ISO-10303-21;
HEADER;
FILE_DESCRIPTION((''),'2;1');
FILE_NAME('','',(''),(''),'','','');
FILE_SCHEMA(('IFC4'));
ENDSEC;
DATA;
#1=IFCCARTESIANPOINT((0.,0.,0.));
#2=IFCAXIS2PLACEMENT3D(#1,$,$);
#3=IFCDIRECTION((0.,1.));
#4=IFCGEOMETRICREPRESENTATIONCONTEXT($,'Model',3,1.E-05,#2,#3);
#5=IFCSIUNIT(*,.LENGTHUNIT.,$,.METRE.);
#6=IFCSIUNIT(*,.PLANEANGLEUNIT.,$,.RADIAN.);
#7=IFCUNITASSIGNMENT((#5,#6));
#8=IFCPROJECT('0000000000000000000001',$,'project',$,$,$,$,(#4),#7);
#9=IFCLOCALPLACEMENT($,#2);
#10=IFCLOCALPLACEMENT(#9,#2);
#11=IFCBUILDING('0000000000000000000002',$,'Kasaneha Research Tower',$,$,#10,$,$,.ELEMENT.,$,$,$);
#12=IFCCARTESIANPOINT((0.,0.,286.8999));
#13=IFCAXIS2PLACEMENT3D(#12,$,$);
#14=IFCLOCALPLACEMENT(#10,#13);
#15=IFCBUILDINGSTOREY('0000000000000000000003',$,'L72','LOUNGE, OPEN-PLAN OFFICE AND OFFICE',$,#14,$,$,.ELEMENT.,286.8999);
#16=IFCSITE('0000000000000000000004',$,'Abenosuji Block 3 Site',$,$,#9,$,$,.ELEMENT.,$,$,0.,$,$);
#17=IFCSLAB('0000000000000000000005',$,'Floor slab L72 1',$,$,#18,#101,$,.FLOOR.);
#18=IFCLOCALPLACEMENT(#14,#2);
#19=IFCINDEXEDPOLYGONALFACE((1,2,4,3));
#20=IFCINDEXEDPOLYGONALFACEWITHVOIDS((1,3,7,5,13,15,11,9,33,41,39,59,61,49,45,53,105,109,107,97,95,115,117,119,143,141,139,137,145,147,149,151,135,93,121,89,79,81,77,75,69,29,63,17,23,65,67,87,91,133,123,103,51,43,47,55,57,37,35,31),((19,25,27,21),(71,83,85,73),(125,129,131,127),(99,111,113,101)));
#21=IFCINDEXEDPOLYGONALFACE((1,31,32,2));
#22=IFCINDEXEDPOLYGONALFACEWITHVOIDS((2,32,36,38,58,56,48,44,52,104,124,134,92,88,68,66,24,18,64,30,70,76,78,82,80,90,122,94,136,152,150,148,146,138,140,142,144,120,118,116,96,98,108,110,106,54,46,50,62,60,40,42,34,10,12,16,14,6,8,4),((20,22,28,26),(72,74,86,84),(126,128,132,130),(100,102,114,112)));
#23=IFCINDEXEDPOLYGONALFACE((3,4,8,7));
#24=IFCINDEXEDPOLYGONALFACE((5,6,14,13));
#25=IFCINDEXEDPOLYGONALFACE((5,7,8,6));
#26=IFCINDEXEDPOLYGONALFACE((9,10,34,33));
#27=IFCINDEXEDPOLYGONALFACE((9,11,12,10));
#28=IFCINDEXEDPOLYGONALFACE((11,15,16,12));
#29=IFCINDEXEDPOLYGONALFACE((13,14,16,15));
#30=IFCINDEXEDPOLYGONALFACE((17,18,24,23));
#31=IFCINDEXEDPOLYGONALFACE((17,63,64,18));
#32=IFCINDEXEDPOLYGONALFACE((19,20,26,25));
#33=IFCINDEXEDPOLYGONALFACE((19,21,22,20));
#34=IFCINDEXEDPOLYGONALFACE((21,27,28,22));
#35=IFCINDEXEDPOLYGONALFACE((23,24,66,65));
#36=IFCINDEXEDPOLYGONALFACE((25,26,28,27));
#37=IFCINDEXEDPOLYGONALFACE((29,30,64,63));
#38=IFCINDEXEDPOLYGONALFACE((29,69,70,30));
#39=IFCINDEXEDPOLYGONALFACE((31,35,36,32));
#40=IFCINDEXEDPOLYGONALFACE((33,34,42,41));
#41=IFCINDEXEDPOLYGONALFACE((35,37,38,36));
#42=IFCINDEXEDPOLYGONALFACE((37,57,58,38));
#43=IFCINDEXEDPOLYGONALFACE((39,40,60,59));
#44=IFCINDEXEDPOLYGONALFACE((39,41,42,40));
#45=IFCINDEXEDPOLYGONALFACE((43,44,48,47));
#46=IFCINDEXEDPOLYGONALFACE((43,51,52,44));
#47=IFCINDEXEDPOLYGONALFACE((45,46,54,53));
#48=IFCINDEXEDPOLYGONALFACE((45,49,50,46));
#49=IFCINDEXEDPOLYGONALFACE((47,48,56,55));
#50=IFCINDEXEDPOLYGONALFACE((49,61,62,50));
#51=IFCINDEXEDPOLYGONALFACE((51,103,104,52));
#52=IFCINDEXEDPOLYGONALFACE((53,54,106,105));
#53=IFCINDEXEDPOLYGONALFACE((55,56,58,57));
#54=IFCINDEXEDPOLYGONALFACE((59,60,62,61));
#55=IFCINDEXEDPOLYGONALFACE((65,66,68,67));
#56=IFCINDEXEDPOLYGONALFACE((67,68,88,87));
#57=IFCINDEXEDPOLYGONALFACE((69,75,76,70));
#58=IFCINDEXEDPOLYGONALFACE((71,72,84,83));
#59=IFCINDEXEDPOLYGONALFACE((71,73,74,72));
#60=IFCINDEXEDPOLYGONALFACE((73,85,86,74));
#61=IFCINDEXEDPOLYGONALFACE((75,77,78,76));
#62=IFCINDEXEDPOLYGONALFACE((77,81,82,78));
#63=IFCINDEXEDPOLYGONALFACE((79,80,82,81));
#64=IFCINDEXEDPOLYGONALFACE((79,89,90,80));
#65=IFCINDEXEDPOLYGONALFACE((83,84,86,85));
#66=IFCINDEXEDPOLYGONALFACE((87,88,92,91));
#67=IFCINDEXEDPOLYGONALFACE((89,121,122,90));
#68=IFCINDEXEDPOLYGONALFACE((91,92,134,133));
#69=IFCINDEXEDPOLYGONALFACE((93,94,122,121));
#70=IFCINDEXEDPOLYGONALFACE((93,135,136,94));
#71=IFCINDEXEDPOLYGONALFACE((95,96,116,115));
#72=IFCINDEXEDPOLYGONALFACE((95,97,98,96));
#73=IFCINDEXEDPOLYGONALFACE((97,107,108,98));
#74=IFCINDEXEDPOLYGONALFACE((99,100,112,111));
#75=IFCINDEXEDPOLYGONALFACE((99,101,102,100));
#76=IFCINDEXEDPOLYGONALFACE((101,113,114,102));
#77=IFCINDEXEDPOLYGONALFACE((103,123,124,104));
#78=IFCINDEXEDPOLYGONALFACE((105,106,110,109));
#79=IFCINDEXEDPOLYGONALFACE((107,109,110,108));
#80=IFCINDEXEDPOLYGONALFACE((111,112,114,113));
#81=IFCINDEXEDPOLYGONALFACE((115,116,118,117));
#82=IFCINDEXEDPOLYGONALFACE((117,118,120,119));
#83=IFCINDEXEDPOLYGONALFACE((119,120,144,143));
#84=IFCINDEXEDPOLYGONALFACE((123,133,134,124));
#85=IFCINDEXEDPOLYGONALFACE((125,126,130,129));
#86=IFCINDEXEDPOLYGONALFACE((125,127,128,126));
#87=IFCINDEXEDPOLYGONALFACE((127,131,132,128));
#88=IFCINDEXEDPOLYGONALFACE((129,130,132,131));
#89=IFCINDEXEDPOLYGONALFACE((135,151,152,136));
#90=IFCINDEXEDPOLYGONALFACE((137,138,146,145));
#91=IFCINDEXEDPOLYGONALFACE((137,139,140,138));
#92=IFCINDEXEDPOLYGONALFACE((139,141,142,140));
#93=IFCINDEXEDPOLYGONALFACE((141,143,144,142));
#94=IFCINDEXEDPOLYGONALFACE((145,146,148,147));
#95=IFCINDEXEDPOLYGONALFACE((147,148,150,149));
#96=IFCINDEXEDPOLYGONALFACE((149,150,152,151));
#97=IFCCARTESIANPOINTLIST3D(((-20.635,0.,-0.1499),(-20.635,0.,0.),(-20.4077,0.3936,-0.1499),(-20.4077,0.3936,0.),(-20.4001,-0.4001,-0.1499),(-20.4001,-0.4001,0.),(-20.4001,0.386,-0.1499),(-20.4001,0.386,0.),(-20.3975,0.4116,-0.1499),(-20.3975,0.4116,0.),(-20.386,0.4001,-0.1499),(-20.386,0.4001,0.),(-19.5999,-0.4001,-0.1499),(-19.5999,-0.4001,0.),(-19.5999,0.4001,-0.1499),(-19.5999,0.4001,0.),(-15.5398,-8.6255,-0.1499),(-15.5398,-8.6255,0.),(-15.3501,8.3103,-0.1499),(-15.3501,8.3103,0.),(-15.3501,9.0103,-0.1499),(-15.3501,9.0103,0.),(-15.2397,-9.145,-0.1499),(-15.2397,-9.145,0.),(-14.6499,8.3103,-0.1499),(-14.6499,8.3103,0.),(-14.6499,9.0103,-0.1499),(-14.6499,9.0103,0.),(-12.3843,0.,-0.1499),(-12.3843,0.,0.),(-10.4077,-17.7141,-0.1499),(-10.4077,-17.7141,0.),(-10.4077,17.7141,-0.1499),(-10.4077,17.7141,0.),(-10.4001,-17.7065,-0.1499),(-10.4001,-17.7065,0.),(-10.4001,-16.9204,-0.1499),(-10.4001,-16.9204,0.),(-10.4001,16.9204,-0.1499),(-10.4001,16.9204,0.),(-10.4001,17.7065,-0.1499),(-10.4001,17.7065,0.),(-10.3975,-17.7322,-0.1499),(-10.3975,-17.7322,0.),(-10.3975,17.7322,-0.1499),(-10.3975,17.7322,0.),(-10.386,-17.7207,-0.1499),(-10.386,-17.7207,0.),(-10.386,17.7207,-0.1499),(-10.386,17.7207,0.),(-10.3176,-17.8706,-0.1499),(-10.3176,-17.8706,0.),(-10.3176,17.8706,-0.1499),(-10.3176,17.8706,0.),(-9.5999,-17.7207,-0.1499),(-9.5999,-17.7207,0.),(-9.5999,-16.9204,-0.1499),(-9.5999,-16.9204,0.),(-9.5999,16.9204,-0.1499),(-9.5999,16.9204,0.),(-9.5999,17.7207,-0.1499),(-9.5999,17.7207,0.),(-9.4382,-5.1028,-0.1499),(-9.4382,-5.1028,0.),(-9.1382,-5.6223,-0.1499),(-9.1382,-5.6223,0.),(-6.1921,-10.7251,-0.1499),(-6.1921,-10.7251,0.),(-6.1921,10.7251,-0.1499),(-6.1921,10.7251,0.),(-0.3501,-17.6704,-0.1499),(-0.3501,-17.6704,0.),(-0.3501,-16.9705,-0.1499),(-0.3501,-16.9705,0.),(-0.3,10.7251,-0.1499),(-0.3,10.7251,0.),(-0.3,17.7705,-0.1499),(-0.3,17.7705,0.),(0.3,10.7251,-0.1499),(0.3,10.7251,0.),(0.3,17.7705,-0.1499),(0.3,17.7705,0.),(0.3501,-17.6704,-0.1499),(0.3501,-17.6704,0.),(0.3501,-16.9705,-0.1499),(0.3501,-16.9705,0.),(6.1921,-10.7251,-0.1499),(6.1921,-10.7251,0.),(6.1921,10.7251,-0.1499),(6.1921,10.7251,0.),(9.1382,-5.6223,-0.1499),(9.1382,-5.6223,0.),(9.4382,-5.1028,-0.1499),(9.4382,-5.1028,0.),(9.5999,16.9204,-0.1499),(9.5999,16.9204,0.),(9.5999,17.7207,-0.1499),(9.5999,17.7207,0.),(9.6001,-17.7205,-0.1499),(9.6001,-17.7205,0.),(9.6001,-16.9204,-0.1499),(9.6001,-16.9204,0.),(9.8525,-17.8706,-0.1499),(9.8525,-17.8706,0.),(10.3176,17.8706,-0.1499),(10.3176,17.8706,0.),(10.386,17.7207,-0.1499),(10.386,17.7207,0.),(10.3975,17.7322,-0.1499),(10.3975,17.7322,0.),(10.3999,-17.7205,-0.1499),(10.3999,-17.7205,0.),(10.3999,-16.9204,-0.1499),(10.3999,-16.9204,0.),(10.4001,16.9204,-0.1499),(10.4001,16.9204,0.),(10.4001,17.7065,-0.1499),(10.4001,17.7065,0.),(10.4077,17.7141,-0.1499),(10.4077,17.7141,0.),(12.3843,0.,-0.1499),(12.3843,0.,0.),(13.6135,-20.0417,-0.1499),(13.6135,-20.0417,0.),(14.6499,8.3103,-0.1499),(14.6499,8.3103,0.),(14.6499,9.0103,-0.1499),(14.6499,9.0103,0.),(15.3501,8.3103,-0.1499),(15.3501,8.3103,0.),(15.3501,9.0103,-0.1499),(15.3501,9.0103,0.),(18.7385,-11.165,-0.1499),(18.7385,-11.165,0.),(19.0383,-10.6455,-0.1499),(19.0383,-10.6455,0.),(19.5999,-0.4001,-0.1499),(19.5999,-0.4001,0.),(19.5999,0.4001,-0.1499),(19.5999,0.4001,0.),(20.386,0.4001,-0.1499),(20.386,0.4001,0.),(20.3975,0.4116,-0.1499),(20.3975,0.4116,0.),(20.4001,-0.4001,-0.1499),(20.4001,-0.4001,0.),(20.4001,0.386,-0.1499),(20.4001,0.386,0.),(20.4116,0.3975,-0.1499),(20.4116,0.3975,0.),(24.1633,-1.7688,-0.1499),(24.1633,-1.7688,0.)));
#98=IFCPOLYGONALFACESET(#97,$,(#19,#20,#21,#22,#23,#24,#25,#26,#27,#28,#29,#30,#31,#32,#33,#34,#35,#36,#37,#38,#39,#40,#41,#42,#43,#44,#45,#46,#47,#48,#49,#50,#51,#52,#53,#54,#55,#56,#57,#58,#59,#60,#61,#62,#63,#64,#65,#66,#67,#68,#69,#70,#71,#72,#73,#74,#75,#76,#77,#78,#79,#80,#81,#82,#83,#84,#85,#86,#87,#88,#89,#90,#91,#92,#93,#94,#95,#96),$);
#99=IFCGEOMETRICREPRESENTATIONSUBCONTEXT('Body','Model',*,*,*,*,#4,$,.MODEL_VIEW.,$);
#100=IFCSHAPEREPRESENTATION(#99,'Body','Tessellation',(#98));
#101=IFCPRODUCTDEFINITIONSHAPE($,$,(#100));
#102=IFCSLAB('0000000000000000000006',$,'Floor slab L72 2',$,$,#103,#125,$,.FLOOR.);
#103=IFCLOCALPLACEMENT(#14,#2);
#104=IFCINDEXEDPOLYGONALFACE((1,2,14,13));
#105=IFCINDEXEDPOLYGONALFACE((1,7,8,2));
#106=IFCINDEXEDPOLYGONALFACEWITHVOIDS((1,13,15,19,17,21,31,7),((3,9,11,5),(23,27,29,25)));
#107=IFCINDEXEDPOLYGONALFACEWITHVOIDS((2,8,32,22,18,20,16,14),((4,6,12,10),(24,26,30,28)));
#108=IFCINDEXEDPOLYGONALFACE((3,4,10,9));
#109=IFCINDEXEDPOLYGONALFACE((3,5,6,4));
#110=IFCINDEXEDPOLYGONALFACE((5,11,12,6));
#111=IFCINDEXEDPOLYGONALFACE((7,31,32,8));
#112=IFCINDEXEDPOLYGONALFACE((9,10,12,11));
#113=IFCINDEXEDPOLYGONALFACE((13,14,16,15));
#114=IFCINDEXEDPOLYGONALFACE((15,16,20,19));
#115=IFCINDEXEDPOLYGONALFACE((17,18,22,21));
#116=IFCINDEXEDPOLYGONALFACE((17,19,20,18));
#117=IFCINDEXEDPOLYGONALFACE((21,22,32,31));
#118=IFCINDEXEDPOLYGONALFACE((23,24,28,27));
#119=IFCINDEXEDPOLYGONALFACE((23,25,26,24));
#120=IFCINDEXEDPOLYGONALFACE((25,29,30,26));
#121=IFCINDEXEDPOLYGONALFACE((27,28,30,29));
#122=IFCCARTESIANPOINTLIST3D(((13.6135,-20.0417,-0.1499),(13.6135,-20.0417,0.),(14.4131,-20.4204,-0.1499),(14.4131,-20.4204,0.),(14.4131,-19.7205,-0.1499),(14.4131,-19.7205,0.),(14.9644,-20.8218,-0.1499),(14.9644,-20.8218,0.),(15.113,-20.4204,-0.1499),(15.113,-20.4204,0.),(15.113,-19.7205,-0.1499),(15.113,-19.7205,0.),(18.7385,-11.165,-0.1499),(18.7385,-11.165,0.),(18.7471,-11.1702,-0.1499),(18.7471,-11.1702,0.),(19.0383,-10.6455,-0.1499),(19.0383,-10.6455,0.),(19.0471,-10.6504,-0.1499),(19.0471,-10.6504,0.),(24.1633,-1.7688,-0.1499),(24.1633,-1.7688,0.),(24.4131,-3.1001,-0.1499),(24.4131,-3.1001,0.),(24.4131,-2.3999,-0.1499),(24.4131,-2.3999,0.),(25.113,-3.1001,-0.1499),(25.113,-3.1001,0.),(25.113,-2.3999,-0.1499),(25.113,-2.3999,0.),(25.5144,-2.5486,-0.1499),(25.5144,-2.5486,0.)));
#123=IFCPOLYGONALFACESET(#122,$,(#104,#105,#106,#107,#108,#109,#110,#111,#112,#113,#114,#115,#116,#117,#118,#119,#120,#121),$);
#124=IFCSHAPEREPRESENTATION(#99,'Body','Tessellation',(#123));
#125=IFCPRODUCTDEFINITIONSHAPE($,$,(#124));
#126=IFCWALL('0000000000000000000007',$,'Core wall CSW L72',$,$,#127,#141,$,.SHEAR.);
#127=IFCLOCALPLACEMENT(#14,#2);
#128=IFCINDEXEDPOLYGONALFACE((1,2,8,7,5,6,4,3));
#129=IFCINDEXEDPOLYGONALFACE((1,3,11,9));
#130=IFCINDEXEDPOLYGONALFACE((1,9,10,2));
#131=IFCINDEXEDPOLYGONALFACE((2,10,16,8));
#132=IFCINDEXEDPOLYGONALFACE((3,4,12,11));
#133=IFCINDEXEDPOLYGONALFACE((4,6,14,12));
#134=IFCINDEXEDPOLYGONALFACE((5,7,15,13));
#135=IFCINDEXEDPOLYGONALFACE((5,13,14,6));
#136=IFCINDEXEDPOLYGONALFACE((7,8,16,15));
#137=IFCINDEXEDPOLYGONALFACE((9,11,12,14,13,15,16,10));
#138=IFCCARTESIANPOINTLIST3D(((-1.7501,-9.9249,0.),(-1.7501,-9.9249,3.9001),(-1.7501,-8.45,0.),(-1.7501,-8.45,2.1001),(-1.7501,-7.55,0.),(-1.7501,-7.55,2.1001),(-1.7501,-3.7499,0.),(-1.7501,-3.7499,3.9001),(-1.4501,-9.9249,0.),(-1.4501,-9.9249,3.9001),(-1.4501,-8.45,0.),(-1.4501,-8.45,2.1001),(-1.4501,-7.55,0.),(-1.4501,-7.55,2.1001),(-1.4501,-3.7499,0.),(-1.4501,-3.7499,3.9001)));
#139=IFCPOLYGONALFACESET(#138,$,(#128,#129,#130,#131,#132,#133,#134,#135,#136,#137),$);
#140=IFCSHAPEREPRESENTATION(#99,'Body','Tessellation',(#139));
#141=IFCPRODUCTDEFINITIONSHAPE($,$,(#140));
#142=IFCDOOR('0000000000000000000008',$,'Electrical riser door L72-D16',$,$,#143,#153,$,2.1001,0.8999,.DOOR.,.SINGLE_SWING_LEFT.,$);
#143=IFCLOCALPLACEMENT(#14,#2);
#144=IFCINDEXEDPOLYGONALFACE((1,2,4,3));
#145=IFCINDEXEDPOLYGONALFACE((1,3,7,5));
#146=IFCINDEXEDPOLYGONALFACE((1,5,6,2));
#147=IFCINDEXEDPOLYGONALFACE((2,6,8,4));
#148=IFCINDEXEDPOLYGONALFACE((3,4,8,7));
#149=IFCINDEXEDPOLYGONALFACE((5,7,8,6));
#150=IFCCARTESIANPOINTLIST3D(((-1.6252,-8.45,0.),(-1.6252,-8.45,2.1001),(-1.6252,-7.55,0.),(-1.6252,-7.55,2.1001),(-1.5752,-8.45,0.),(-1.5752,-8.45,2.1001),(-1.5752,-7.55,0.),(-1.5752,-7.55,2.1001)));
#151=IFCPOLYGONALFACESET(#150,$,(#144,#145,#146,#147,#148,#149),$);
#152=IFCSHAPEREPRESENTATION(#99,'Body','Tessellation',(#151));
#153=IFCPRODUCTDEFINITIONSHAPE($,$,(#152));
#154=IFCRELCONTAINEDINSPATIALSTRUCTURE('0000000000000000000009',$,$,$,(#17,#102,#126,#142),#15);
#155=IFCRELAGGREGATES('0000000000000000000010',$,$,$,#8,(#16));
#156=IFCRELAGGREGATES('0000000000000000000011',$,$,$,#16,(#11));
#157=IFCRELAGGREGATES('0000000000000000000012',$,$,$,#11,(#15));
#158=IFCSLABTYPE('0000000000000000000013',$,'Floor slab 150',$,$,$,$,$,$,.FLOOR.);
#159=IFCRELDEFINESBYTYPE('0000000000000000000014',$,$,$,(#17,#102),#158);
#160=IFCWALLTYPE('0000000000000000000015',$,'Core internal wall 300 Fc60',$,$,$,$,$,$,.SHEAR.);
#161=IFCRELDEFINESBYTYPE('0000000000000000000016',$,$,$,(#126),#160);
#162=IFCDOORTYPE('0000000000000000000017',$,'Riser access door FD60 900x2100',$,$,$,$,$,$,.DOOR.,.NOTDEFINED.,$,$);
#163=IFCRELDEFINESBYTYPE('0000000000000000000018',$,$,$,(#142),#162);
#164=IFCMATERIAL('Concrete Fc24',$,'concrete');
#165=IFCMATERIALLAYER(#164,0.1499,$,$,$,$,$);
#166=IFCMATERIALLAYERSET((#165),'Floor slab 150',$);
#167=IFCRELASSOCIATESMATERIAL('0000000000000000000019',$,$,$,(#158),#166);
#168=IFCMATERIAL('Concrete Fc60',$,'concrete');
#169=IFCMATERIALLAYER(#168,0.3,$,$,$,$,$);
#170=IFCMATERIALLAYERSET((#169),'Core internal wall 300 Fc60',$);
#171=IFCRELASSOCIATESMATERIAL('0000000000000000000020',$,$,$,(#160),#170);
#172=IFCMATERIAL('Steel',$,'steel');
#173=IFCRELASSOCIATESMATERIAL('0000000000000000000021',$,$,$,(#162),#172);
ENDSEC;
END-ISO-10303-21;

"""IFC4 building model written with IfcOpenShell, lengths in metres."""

from ifc_helpers import new_model, si_unit, direction, frame, frame_2d, origin, place, context, subcontext, project, spatial, polyline, rectangle, outline, extrude, material, layer, layer_set, type_object, element, fill, save


model = new_model("IFC4")

# Units and contexts
model_context = context("Model", 3, precision=1e-05, world=origin(), true_north=direction((0.0, 1.0)))
body_context = subcontext(model_context, "Body", "Model", "MODEL_VIEW")
ifc_project = project(units=[si_unit("LENGTHUNIT", "METRE"), si_unit("PLANEANGLEUNIT", "RADIAN")], contexts=[model_context])

# Site, building, storey
site_placement = place(None, origin())
site = spatial("IfcSite", under=ifc_project, at=site_placement, Name="Abenosuji Block 3 Site", CompositionType="ELEMENT", RefElevation=0.0)
building_placement = place(site_placement, origin())
building = spatial("IfcBuilding", under=site, at=building_placement, Name="Kasaneha Research Tower", CompositionType="ELEMENT")
storey_placement = place(building_placement, frame((0.0, 0.0, 286.8999)))
storey = spatial("IfcBuildingStorey", under=building, at=storey_placement, Name="L72", Description="LOUNGE, OPEN-PLAN OFFICE AND OFFICE", CompositionType="ELEMENT", Elevation=286.8999)

# Slabs
ifc_material_1 = material(Name="Concrete Fc24", Category="concrete")
ifc_layer_1 = layer(ifc_material_1, 0.1499)
ifc_layer_set_1 = layer_set([ifc_layer_1], Name="Floor slab 150")
slab_type_1 = type_object("IfcSlabType", Name="Floor slab 150", PredefinedType="FLOOR", material=ifc_layer_set_1)
slab_1_placement = place(storey_placement, frame((0.0, 0.0, -0.1499)))
element("IfcSlab", 1, at=slab_1_placement, inside=storey, type_object=slab_type_1, Name="Floor slab L72 1", PredefinedType="FLOOR", context=body_context, shape_type="SweptSolid", body=[
    extrude(outline(polyline([(-10.3176, -17.8706), (-10.3975, -17.7322), (-10.386, -17.7207), (-9.5999, -17.7207), (-9.5999, -16.9204), (-10.4001, -16.9204), (-10.4001, -17.7065), (-10.4077, -17.7141), (-20.635, 0.0), (-20.4077, 0.3936), (-20.4001, 0.386), (-20.4001, -0.4001), (-19.5999, -0.4001), (-19.5999, 0.4001), (-20.386, 0.4001), (-20.3975, 0.4116), (-10.4077, 17.7141), (-10.4001, 17.7065), (-10.4001, 16.9204), (-9.5999, 16.9204), (-9.5999, 17.7207), (-10.386, 17.7207), (-10.3975, 17.7322), (-10.3176, 17.8706), (10.3176, 17.8706), (10.3975, 17.7322), (10.386, 17.7207), (9.5999, 17.7207), (9.5999, 16.9204), (10.4001, 16.9204), (10.4001, 17.7065), (10.4077, 17.7141), (20.3975, 0.4116), (20.386, 0.4001), (19.5999, 0.4001), (19.5999, -0.4001), (20.4001, -0.4001), (20.4001, 0.386), (20.4116, 0.3975), (24.1633, -1.7688), (19.0383, -10.6455), (9.4382, -5.1028), (12.3843, 0.0), (6.1921, 10.7251), (0.3, 10.7251), (0.3, 17.7705), (-0.3, 17.7705), (-0.3, 10.7251), (-6.1921, 10.7251), (-12.3843, 0.0), (-9.4382, -5.1028), (-15.5398, -8.6255), (-15.2397, -9.145), (-9.1382, -5.6223), (-6.1921, -10.7251), (6.1921, -10.7251), (9.1382, -5.6223), (18.7385, -11.165), (13.6135, -20.0417), (9.8525, -17.8706), (-10.3176, -17.8706)]), holes=[polyline([(0.3501, -17.6704), (0.3501, -16.9705), (-0.3501, -16.9705), (-0.3501, -17.6704), (0.3501, -17.6704)]), polyline([(-15.3501, 8.3103), (-14.6499, 8.3103), (-14.6499, 9.0103), (-15.3501, 9.0103), (-15.3501, 8.3103)]), polyline([(9.6001, -17.7205), (10.3999, -17.7205), (10.3999, -16.9204), (9.6001, -16.9204), (9.6001, -17.7205)]), polyline([(14.6499, 8.3103), (15.3501, 8.3103), (15.3501, 9.0103), (14.6499, 9.0103), (14.6499, 8.3103)])]), origin(), (0.0, 0.0, 1.0), 0.1499),
])
slab_2_placement = place(storey_placement, frame((0.0, 0.0, -0.1499)))
element("IfcSlab", 2, at=slab_2_placement, inside=storey, type_object=slab_type_1, Name="Floor slab L72 2", PredefinedType="FLOOR", context=body_context, shape_type="SweptSolid", body=[
    extrude(outline(polyline([(25.5144, -2.5486), (14.9644, -20.8218), (13.6135, -20.0417), (18.7385, -11.165), (18.7471, -11.1702), (19.0471, -10.6504), (19.0383, -10.6455), (24.1633, -1.7688), (25.5144, -2.5486)]), holes=[polyline([(14.4131, -20.4204), (15.113, -20.4204), (15.113, -19.7205), (14.4131, -19.7205), (14.4131, -20.4204)]), polyline([(24.4131, -3.1001), (25.113, -3.1001), (25.113, -2.3999), (24.4131, -2.3999), (24.4131, -3.1001)])]), origin(), (0.0, 0.0, 1.0), 0.1499),
])

# Shared definitions
ifc_material_2 = material(Name="Concrete Fc60", Category="concrete")
ifc_layer_2 = layer(ifc_material_2, 0.3)
ifc_layer_set_2 = layer_set([ifc_layer_2], Name="Core internal wall 300 Fc60")
wall_type_1 = type_object("IfcWallType", Name="Core internal wall 300 Fc60", PredefinedType="SHEAR", material=ifc_layer_set_2)

# Wall, opening, door
wall_1_placement = place(storey_placement, frame((-1.6001, -3.75, 0.0), z_axis=(0.0, 0.0, 1.0), x_axis=(0.0, -1.0, 0.0)))
wall_1 = element("IfcWall", 3, at=wall_1_placement, inside=storey, type_object=wall_type_1, Name="Core wall CSW L72", PredefinedType="SHEAR", context=body_context, shape_type="SweptSolid", body=[
    extrude(rectangle(XDim=6.175, YDim=0.3, at=frame_2d((3.0874, 0.0))), origin(), (0.0, 0.0, 1.0), 3.9001),
])
opening_1_placement = place(wall_1_placement, frame((3.8, 0.0, 0.0)))
opening_1 = element("IfcOpeningElement", 4, at=opening_1_placement, cuts=wall_1, PredefinedType="OPENING", context=body_context, shape_type="SweptSolid", body=[
    extrude(rectangle(XDim=0.8999, YDim=2.1001, at=frame_2d((0.45, 1.05))), frame((0.0, 0.1602, 0.0), z_axis=(0.0, -1.0, 0.0), x_axis=(1.0, 0.0, 0.0)), (0.0, 0.0, 1.0), 0.3201),
])
ifc_material_3 = material(Name="Steel", Category="steel")
door_type_1 = type_object("IfcDoorType", Name="Riser access door FD60 900x2100", OperationType="NOTDEFINED", PredefinedType="DOOR", material=ifc_material_3)
door_1_placement = place(opening_1_placement, origin())
door_1 = element("IfcDoor", 5, at=door_1_placement, inside=storey, type_object=door_type_1, Name="Electrical riser door L72-D16", OperationType="SINGLE_SWING_LEFT", OverallHeight=2.1001, OverallWidth=0.8999, PredefinedType="DOOR", context=body_context, shape_type="SweptSolid", body=[
    extrude(rectangle(XDim=0.8999, YDim=2.1001, at=frame_2d((0.45, 1.05))), frame((0.0, 0.0249, 0.0), z_axis=(0.0, -1.0, 0.0), x_axis=(1.0, 0.0, 0.0)), (0.0, 0.0, 1.0), 0.05),
])
fill(opening_1, door_1)

save(model, "model.ifc")
